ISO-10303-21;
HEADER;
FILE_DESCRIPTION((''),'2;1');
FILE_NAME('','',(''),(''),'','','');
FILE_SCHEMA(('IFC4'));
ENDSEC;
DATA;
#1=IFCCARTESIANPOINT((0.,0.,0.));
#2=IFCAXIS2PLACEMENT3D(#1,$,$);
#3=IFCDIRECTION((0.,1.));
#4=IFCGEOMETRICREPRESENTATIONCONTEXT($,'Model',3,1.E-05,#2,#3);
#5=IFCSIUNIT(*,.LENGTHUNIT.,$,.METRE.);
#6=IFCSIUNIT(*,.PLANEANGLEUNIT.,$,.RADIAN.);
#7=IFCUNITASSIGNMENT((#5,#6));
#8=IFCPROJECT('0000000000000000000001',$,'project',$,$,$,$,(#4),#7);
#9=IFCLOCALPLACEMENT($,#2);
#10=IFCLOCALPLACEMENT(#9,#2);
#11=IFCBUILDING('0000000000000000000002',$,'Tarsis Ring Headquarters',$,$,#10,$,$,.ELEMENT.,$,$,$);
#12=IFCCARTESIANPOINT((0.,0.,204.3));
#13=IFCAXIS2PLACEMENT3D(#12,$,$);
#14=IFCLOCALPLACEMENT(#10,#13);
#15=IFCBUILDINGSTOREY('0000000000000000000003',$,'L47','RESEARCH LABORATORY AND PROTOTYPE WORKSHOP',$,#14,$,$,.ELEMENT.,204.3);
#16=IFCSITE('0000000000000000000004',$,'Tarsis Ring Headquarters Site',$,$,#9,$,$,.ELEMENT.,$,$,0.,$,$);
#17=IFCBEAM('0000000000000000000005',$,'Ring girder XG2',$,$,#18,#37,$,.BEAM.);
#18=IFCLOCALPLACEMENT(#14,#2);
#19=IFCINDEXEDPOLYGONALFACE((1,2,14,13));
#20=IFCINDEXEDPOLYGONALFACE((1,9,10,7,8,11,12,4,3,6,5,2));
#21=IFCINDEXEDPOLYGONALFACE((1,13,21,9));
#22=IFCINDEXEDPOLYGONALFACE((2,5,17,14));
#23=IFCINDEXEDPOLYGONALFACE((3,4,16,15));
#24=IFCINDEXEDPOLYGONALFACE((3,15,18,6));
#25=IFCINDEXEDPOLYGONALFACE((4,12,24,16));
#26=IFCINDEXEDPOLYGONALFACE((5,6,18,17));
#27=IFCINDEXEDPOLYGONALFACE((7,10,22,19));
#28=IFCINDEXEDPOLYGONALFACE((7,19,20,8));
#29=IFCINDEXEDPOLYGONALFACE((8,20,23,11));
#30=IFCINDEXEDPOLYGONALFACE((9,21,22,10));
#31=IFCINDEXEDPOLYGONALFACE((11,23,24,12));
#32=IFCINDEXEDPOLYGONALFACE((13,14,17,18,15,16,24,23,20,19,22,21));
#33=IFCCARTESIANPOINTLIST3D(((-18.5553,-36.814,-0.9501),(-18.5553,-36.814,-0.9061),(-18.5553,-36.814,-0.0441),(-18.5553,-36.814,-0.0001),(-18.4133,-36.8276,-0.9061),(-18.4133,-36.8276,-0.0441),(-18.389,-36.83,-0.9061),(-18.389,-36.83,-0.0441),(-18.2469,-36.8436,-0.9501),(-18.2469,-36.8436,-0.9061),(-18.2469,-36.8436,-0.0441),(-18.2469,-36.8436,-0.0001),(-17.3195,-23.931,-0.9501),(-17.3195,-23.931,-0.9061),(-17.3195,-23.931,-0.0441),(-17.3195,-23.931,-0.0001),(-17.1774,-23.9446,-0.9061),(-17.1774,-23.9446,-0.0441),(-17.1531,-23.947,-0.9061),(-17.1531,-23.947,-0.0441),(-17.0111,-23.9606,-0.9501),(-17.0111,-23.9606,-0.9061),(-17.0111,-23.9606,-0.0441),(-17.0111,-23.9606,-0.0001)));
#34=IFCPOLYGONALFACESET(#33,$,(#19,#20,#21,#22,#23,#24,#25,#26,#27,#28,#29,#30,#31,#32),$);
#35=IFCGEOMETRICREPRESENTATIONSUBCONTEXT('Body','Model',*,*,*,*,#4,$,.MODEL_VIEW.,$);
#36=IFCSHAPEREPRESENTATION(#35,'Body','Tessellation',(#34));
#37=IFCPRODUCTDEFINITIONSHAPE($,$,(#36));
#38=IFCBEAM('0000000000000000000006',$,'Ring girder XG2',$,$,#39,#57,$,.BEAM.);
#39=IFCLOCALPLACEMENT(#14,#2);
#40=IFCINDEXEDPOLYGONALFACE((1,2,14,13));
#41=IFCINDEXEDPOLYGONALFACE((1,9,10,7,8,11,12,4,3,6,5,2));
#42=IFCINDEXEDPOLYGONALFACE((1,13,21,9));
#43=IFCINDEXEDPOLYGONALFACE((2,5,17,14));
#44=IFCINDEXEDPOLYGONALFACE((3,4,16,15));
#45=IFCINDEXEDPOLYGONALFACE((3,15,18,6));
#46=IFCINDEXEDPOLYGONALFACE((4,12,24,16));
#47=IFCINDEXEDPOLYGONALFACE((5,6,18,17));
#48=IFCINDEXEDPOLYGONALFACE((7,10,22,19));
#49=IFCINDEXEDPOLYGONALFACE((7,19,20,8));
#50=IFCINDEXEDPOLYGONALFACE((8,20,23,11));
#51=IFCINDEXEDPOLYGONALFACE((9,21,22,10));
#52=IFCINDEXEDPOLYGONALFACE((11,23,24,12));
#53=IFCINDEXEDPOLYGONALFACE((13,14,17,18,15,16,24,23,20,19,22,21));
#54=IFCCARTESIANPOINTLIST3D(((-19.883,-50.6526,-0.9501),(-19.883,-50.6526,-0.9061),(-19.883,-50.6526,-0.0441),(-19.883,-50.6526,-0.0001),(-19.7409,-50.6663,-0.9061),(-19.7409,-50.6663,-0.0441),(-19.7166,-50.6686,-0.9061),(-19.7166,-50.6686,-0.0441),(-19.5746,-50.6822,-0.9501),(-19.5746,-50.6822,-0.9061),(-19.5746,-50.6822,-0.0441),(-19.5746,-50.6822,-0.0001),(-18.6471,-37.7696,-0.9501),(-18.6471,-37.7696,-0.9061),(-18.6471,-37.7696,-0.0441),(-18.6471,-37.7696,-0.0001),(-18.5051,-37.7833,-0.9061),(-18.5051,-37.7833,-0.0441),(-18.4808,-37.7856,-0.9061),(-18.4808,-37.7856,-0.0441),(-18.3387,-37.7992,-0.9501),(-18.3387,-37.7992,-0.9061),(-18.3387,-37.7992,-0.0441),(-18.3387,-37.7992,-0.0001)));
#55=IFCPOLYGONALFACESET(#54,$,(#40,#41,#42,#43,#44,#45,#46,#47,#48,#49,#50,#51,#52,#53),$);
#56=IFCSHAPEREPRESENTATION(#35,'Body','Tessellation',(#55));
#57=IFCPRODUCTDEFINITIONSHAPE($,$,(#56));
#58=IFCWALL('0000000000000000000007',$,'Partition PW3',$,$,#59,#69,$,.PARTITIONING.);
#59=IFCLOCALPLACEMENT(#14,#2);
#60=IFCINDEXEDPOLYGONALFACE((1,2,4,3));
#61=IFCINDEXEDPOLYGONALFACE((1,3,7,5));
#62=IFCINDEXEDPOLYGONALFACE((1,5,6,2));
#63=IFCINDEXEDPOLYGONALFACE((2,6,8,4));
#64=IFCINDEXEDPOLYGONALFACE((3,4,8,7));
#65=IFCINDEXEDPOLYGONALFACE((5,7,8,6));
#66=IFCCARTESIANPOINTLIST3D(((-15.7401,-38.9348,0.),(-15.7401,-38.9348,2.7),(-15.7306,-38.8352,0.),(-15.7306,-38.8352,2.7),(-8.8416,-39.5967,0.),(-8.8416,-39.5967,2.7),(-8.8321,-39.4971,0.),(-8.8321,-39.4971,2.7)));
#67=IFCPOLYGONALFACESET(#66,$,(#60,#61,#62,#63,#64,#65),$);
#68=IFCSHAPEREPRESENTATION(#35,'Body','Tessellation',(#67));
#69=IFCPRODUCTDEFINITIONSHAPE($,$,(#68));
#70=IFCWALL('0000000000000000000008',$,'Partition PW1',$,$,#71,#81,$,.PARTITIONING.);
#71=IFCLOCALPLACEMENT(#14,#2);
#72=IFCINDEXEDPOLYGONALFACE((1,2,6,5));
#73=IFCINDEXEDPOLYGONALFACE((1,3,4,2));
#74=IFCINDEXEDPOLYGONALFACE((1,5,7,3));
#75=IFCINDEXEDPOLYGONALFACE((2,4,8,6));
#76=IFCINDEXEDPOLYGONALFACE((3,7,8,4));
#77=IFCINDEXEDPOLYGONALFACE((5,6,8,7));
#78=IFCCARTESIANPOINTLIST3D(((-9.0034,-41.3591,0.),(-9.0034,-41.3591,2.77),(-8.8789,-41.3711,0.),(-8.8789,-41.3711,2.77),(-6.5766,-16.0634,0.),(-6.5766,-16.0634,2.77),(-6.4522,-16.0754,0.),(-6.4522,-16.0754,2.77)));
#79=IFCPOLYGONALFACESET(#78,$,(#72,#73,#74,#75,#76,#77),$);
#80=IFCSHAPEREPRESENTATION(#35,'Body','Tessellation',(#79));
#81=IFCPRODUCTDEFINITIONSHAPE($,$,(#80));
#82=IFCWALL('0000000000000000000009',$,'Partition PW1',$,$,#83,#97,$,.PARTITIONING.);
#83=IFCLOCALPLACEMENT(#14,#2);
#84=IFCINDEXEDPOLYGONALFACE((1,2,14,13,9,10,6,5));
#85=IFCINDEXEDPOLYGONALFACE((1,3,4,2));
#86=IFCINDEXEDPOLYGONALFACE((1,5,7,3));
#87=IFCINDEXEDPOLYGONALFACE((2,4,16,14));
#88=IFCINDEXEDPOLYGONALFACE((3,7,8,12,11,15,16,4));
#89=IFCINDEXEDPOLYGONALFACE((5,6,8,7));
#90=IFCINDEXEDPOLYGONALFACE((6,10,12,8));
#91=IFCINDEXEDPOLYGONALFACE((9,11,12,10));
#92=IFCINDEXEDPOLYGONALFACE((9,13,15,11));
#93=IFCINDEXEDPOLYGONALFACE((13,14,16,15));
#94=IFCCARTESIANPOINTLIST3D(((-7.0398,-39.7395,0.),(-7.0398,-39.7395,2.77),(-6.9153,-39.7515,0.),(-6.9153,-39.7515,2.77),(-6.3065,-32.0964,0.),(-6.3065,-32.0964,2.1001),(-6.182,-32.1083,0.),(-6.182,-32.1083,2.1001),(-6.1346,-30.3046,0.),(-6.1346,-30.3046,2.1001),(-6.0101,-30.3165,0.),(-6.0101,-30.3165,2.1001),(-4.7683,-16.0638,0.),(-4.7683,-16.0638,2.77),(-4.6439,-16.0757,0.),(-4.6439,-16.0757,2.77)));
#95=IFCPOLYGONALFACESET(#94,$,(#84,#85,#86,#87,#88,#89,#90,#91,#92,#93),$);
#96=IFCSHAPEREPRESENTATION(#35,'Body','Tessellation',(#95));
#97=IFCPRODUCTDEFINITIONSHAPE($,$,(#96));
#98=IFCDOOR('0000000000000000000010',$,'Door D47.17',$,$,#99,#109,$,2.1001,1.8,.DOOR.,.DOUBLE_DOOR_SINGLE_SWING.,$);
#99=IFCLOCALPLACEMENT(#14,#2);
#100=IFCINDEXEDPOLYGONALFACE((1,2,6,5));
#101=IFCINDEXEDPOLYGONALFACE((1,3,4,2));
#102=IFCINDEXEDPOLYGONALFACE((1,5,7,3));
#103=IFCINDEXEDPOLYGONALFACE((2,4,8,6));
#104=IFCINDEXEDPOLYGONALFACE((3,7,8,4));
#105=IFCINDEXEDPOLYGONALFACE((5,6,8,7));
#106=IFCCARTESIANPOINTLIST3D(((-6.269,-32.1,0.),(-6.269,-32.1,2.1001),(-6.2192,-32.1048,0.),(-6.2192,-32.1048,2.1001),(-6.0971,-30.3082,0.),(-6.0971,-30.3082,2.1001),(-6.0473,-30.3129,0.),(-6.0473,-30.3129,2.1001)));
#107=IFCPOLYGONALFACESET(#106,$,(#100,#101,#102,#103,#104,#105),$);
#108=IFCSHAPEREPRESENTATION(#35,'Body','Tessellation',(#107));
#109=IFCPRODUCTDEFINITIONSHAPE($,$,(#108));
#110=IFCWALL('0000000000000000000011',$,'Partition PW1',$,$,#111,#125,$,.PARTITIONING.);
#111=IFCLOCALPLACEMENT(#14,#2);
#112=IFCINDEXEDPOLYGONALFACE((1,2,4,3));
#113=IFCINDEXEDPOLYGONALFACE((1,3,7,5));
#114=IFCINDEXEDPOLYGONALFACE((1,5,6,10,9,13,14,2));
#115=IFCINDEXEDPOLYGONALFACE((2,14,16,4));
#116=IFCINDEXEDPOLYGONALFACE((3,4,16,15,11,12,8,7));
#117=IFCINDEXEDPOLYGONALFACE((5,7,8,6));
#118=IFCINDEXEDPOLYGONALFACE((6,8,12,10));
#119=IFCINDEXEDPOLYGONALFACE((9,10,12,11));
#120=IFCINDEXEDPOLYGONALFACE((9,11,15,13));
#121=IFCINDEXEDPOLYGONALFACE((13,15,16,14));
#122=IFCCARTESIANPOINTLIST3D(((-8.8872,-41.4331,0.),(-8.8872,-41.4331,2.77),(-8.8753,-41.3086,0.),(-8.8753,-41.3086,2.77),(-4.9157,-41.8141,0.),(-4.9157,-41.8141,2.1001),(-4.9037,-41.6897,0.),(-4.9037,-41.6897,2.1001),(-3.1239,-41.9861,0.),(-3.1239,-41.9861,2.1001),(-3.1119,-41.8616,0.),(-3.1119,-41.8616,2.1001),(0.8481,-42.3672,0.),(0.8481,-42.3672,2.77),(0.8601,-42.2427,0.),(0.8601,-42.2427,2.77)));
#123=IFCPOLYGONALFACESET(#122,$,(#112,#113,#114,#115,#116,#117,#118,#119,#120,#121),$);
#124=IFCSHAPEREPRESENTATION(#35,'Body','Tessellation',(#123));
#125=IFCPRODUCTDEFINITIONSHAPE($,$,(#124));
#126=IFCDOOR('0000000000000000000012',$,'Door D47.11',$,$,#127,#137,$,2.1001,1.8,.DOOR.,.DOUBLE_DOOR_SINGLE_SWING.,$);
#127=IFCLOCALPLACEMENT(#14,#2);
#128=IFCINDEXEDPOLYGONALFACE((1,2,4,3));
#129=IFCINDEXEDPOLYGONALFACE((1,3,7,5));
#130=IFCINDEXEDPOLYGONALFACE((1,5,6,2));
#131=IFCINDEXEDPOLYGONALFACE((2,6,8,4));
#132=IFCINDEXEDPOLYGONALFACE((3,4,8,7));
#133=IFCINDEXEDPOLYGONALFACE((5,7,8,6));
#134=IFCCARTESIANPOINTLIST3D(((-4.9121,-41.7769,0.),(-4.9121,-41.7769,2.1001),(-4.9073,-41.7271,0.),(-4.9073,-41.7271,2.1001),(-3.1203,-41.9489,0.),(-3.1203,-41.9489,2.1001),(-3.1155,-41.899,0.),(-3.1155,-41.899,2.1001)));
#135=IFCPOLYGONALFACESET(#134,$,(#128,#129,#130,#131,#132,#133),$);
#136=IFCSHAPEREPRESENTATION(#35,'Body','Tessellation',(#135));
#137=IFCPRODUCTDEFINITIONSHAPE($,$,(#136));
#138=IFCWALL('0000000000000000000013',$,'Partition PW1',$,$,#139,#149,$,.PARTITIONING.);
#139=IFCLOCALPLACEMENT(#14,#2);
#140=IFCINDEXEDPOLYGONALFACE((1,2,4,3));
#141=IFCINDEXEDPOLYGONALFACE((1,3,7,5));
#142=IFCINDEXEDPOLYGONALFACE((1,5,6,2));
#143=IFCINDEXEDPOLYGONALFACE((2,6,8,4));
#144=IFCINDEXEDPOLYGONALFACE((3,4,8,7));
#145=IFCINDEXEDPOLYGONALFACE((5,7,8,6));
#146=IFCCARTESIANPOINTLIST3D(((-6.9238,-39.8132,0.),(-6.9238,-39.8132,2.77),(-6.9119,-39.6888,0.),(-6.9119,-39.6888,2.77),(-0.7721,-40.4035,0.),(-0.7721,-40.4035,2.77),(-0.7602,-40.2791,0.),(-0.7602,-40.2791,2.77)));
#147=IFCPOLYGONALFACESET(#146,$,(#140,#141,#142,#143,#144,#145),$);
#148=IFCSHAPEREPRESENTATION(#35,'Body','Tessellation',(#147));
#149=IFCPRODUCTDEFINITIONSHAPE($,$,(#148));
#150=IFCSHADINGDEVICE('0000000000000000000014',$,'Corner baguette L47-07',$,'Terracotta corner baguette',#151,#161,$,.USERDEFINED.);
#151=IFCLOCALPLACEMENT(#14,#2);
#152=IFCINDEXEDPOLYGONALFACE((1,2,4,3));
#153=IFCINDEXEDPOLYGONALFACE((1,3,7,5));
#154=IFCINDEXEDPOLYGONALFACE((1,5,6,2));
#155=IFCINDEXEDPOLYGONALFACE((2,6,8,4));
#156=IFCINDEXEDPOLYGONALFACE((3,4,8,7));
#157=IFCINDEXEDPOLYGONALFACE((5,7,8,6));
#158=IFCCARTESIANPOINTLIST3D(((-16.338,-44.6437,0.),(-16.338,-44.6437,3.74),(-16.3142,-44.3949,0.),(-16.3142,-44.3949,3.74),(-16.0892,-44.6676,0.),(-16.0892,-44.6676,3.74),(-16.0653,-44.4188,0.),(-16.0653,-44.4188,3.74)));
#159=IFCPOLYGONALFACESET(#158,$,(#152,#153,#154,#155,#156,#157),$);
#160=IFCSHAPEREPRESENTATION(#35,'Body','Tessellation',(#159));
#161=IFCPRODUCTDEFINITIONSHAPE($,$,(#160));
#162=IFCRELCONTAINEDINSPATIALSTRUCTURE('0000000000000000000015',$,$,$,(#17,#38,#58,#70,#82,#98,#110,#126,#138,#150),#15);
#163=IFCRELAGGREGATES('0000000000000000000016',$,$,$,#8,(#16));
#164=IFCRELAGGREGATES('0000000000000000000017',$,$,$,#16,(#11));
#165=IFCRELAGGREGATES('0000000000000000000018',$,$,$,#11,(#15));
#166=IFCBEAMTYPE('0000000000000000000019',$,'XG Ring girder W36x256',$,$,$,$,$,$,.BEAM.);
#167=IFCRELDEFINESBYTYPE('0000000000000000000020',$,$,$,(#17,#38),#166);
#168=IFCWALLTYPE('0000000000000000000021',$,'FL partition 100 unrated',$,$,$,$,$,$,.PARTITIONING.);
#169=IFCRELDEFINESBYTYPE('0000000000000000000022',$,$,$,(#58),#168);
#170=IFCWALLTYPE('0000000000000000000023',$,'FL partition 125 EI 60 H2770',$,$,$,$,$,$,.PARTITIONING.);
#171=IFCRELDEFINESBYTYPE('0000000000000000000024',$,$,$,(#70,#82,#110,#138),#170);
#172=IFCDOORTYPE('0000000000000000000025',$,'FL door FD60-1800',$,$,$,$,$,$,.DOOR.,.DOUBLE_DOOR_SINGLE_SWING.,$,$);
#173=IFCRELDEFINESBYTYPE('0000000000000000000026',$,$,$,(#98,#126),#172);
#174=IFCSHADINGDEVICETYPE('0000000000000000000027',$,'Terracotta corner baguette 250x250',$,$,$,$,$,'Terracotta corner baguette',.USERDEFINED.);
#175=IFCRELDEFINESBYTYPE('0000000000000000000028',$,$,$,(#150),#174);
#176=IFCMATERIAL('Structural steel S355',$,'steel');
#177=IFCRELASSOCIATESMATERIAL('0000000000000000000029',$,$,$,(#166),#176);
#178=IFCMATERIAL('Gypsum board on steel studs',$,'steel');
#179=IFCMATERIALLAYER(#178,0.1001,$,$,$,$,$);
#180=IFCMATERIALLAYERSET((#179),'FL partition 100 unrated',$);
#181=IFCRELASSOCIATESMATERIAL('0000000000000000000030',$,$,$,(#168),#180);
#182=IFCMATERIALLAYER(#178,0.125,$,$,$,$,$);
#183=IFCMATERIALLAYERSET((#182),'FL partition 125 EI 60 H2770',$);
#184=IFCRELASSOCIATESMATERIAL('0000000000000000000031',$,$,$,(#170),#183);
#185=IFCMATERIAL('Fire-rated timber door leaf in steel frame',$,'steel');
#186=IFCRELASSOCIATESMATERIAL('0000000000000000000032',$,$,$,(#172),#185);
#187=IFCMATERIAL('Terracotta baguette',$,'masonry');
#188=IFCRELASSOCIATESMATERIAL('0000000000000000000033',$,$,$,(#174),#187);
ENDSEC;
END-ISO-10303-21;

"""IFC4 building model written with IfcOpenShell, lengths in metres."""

from ifc_helpers import new_model, si_unit, direction, frame, frame_2d, origin, origin_2d, place, context, subcontext, project, spatial, rectangle, i_section, extrude, material, layer, layer_set, material_profile, profile_set, type_object, element, fill, save


model = new_model("IFC4")

# Units and contexts
model_context = context("Model", 3, precision=1e-05, world=origin(), true_north=direction((0.0, 1.0)))
body_context = subcontext(model_context, "Body", "Model", "MODEL_VIEW")
ifc_project = project(units=[si_unit("LENGTHUNIT", "METRE"), si_unit("PLANEANGLEUNIT", "RADIAN")], contexts=[model_context])

# Site, building, storey
site_placement = place(None, origin())
site = spatial("IfcSite", under=ifc_project, at=site_placement, Name="Tarsis Ring Headquarters Site", CompositionType="ELEMENT", RefElevation=0.0)
building_placement = place(site_placement, origin())
building = spatial("IfcBuilding", under=site, at=building_placement, Name="Tarsis Ring Headquarters", CompositionType="ELEMENT")
storey_placement = place(building_placement, frame((0.0, 0.0, 204.3)))
storey = spatial("IfcBuildingStorey", under=building, at=storey_placement, Name="L47", Description="RESEARCH LABORATORY AND PROTOTYPE WORKSHOP", CompositionType="ELEMENT", Elevation=204.3)

# Shared definitions
ifc_material_1 = material(Name="Structural steel S355", Category="steel")

# Beams
ifc_material_profile_1 = material_profile(ifc_material_1, i_section(OverallWidth=0.3098, OverallDepth=0.95, WebThickness=0.0244, FlangeThickness=0.0439, at=origin_2d()), Name="W36x256")
ifc_profile_set_1 = profile_set([ifc_material_profile_1], Name="Structural steel S355")
beam_type_1 = type_object("IfcBeamType", Name="XG Ring girder W36x256", PredefinedType="BEAM", material=ifc_profile_set_1)
for number, where, z_axis, x_axis, name in (
    (1, (-17.1653, -23.9458, -0.4751), (-0.095489, -0.99543, 0.0), (0.99543, -0.095489, 0.0), "Ring girder XG2"),
    (2, (-18.4929, -37.7844, -0.4751), (-0.095489, -0.99543, 0.0), (0.99543, -0.095489, 0.0), "Ring girder XG2"),
):
    element("IfcBeam", number, at=place(storey_placement, frame(where, z_axis=z_axis, x_axis=x_axis)), inside=storey, type_object=beam_type_1, Name=name, PredefinedType="BEAM", context=body_context, shape_type="SweptSolid", body=[
        extrude(i_section(OverallWidth=0.3098, OverallDepth=0.95, WebThickness=0.0244, FlangeThickness=0.0439, at=origin_2d()), origin(), (0.0, 0.0, 1.0), 12.9421),
    ])

# Walls
ifc_material_2 = material(Name="Gypsum board on steel studs", Category="steel")
ifc_layer_1 = layer(ifc_material_2, 0.1001)
ifc_layer_set_1 = layer_set([ifc_layer_1], Name="FL partition 100 unrated")
wall_type_1 = type_object("IfcWallType", Name="FL partition 100 unrated", PredefinedType="PARTITIONING", material=ifc_layer_set_1)
wall_1_placement = place(storey_placement, frame((-15.7354, -38.885, 0.0), z_axis=(0.0, 0.0, 1.0), x_axis=(0.995429, -0.095506, 0.0)))
element("IfcWall", 3, at=wall_1_placement, inside=storey, type_object=wall_type_1, Name="Partition PW3", PredefinedType="PARTITIONING", context=body_context, shape_type="SweptSolid", body=[
    extrude(rectangle(XDim=6.9302, YDim=0.1001, at=frame_2d((3.4651, 0.0))), origin(), (0.0, 0.0, 1.0), 2.7),
])
ifc_layer_2 = layer(ifc_material_2, 0.125)
ifc_layer_set_2 = layer_set([ifc_layer_2], Name="FL partition 125 EI 60 H2770")
wall_type_2 = type_object("IfcWallType", Name="FL partition 125 EI 60 H2770", PredefinedType="PARTITIONING", material=ifc_layer_set_2)
wall_2_placement = place(storey_placement, frame((-8.9412, -41.3652, 0.0), z_axis=(0.0, 0.0, 1.0), x_axis=(0.095497, 0.99543, 0.0)))
element("IfcWall", 4, at=wall_2_placement, inside=storey, type_object=wall_type_2, Name="Partition PW1", PredefinedType="PARTITIONING", context=body_context, shape_type="SweptSolid", body=[
    extrude(rectangle(XDim=25.4119, YDim=0.125, at=frame_2d((12.7061, 0.0))), origin(), (0.0, 0.0, 1.0), 2.77),
])

# Walls, openings, doors
wall_3_placement = place(storey_placement, frame((-6.9775, -39.7454, 0.0), z_axis=(0.0, 0.0, 1.0), x_axis=(0.095503, 0.995429, 0.0)))
wall_3 = element("IfcWall", 5, at=wall_3_placement, inside=storey, type_object=wall_type_2, Name="Partition PW1", PredefinedType="PARTITIONING", context=body_context, shape_type="SweptSolid", body=[
    extrude(rectangle(XDim=23.7844, YDim=0.125, at=frame_2d((11.8921, 0.0))), origin(), (0.0, 0.0, 1.0), 2.77),
])
opening_1_placement = place(wall_3_placement, frame((7.6782, 0.0, 0.0)))
opening_1 = element("IfcOpeningElement", 6, at=opening_1_placement, cuts=wall_3, PredefinedType="OPENING", context=body_context, shape_type="SweptSolid", body=[
    extrude(rectangle(XDim=1.8, YDim=2.1001, at=frame_2d((0.8999, 1.05))), frame((0.0, 0.0725, 0.0), z_axis=(0.0, -1.0, 0.0), x_axis=(1.0, 0.0, 0.0)), (0.0, 0.0, 1.0), 0.145),
])
ifc_material_3 = material(Name="Fire-rated timber door leaf in steel frame", Category="steel")
door_type = type_object("IfcDoorType", Name="FL door FD60-1800", OperationType="DOUBLE_DOOR_SINGLE_SWING", PredefinedType="DOOR", material=ifc_material_3)
door_1_placement = place(opening_1_placement, origin())
door_1 = element("IfcDoor", 7, at=door_1_placement, inside=storey, type_object=door_type, Name="Door D47.17", OperationType="DOUBLE_DOOR_SINGLE_SWING", OverallHeight=2.1001, OverallWidth=1.8, PredefinedType="DOOR", context=body_context, shape_type="SweptSolid", body=[
    extrude(rectangle(XDim=1.8, YDim=2.1001, at=frame_2d((0.8999, 1.05))), frame((0.0, 0.0249, 0.0), z_axis=(0.0, -1.0, 0.0), x_axis=(1.0, 0.0, 0.0)), (0.0, 0.0, 1.0), 0.05),
])
fill(opening_1, door_1)
wall_4_placement = place(storey_placement, frame((-8.8813, -41.3708, 0.0), z_axis=(0.0, 0.0, 1.0), x_axis=(0.995429, -0.095509, 0.0)))
wall_4 = element("IfcWall", 8, at=wall_4_placement, inside=storey, type_object=wall_type_2, Name="Partition PW1", PredefinedType="PARTITIONING", context=body_context, shape_type="SweptSolid", body=[
    extrude(rectangle(XDim=9.78, YDim=0.125, at=frame_2d((4.8901, 0.0))), origin(), (0.0, 0.0, 1.0), 2.77),
])
opening_2_placement = place(wall_4_placement, frame((3.99, 0.0, 0.0)))
opening_2 = element("IfcOpeningElement", 9, at=opening_2_placement, cuts=wall_4, PredefinedType="OPENING", context=body_context, shape_type="SweptSolid", body=[
    extrude(rectangle(XDim=1.8, YDim=2.1001, at=frame_2d((0.8999, 1.05))), frame((0.0, 0.0725, 0.0), z_axis=(0.0, -1.0, 0.0), x_axis=(1.0, 0.0, 0.0)), (0.0, 0.0, 1.0), 0.145),
])
door_2_placement = place(opening_2_placement, origin())
door_2 = element("IfcDoor", 10, at=door_2_placement, inside=storey, type_object=door_type, Name="Door D47.11", OperationType="DOUBLE_DOOR_SINGLE_SWING", OverallHeight=2.1001, OverallWidth=1.8, PredefinedType="DOOR", context=body_context, shape_type="SweptSolid", body=[
    extrude(rectangle(XDim=1.8, YDim=2.1001, at=frame_2d((0.8999, 1.05))), frame((0.0, 0.0249, 0.0), z_axis=(0.0, -1.0, 0.0), x_axis=(1.0, 0.0, 0.0)), (0.0, 0.0, 1.0), 0.05),
])
fill(opening_2, door_2)

# Wall
wall_5_placement = place(storey_placement, frame((-6.9177, -39.751, 0.0), z_axis=(0.0, 0.0, 1.0), x_axis=(0.995427, -0.095525, 0.0)))
element("IfcWall", 11, at=wall_5_placement, inside=storey, type_object=wall_type_2, Name="Partition PW1", PredefinedType="PARTITIONING", context=body_context, shape_type="SweptSolid", body=[
    extrude(rectangle(XDim=6.1799, YDim=0.125, at=frame_2d((3.0898, 0.0))), origin(), (0.0, 0.0, 1.0), 2.77),
])

# Shading device
ifc_material_4 = material(Name="Terracotta baguette", Category="masonry")
shading_device_type_1 = type_object("IfcShadingDeviceType", Name="Terracotta corner baguette 250x250", ElementType="Terracotta corner baguette", PredefinedType="USERDEFINED", material=ifc_material_4)
shading_device_1_placement = place(storey_placement, frame((-16.2017, -44.5312, 0.0), z_axis=(0.0, 0.0, 1.0), x_axis=(-0.095498, -0.99543, 0.0)))
element("IfcShadingDevice", 12, at=shading_device_1_placement, inside=storey, type_object=shading_device_type_1, Name="Corner baguette L47-07", ObjectType="Terracotta corner baguette", PredefinedType="USERDEFINED", context=body_context, shape_type="SweptSolid", body=[
    extrude(rectangle(XDim=0.25, YDim=0.25, at=origin_2d()), origin(), (0.0, 0.0, 1.0), 3.74),
])

save(model, "model.ifc")
